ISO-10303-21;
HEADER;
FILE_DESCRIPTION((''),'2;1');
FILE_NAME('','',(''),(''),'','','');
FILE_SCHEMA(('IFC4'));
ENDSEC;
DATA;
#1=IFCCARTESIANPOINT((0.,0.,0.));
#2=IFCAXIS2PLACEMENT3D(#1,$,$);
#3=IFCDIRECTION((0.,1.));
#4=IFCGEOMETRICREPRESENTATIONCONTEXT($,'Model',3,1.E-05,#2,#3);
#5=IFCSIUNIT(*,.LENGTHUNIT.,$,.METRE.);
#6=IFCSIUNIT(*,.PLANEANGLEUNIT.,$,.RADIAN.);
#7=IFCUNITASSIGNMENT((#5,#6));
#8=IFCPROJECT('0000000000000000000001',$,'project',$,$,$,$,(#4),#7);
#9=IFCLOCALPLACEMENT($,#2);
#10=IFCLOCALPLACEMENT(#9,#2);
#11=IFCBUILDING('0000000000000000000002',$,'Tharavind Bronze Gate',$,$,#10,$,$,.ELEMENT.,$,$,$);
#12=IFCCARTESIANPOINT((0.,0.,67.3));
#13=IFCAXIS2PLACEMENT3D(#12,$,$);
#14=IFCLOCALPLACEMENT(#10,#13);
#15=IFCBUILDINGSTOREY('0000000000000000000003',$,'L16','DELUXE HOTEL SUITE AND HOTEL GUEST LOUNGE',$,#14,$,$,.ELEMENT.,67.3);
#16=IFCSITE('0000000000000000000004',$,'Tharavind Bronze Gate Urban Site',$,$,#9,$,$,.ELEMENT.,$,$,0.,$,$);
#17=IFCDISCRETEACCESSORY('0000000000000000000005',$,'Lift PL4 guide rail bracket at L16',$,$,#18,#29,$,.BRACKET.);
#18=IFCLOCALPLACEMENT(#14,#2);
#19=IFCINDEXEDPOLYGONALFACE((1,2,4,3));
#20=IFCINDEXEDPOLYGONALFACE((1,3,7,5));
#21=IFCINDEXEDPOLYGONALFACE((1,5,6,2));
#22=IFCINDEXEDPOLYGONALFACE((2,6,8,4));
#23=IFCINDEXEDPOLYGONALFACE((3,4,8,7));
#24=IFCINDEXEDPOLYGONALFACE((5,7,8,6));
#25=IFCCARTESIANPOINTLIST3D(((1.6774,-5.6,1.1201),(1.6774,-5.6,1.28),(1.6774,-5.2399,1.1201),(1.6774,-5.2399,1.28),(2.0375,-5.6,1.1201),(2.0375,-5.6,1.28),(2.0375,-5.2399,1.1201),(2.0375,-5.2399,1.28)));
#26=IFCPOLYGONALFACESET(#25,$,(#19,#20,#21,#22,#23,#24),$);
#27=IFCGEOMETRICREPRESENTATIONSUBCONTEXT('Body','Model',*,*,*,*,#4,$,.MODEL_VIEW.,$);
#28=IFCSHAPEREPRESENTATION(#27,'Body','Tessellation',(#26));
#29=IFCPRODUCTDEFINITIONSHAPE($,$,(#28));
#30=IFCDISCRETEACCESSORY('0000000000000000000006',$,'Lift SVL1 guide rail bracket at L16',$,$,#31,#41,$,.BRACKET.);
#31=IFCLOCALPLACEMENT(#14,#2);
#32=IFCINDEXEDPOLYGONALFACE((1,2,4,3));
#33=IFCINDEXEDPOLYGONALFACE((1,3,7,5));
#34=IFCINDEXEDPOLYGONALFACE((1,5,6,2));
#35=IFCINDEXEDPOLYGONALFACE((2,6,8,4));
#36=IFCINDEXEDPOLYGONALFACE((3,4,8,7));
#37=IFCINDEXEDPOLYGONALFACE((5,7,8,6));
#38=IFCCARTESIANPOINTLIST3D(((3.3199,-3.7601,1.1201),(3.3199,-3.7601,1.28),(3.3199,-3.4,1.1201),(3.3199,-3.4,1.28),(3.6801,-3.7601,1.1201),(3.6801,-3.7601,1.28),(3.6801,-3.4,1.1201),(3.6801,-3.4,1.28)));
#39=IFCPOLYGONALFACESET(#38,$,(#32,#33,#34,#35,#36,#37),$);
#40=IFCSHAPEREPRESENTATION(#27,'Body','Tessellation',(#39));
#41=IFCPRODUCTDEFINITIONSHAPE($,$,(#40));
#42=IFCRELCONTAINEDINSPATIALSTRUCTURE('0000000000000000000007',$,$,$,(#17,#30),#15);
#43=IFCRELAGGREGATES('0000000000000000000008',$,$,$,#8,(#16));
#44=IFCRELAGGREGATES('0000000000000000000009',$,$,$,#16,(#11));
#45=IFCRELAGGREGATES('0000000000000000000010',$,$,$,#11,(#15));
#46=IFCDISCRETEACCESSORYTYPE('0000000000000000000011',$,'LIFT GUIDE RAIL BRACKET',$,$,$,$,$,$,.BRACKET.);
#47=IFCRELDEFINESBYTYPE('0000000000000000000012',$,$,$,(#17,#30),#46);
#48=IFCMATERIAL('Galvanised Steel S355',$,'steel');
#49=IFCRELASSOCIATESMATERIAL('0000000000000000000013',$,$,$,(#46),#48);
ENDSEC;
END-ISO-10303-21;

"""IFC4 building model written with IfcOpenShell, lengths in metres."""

from ifc_helpers import new_model, si_unit, direction, frame, origin, origin_2d, place, context, subcontext, project, spatial, rectangle, extrude, material, type_object, element, save


model = new_model("IFC4")

# Units and contexts
model_context = context("Model", 3, precision=1e-05, world=origin(), true_north=direction((0.0, 1.0)))
body_context = subcontext(model_context, "Body", "Model", "MODEL_VIEW")
ifc_project = project(units=[si_unit("LENGTHUNIT", "METRE"), si_unit("PLANEANGLEUNIT", "RADIAN")], contexts=[model_context])

# Site, building, storey
site_placement = place(None, origin())
site = spatial("IfcSite", under=ifc_project, at=site_placement, Name="Tharavind Bronze Gate Urban Site", CompositionType="ELEMENT", RefElevation=0.0)
building_placement = place(site_placement, origin())
building = spatial("IfcBuilding", under=site, at=building_placement, Name="Tharavind Bronze Gate", CompositionType="ELEMENT")
storey_placement = place(building_placement, frame((0.0, 0.0, 67.3)))
storey = spatial("IfcBuildingStorey", under=building, at=storey_placement, Name="L16", Description="DELUXE HOTEL SUITE AND HOTEL GUEST LOUNGE", CompositionType="ELEMENT", Elevation=67.3)

# Discrete accessories
ifc_material_1 = material(Name="Galvanised Steel S355", Category="steel")
discrete_accessory_type = type_object("IfcDiscreteAccessoryType", Name="LIFT GUIDE RAIL BRACKET", PredefinedType="BRACKET", material=ifc_material_1)
for number, where, z_axis, x_axis, name in (
    (1, (1.8574, -5.4199, 1.1201), (0.0, 0.0, 1.0), (1.0, 0.0, 0.0), "Lift PL4 guide rail bracket at L16"),
    (2, (3.5, -3.5801, 1.1201), (0.0, 0.0, 1.0), (1.0, 0.0, 0.0), "Lift SVL1 guide rail bracket at L16"),
):
    element("IfcDiscreteAccessory", number, at=place(storey_placement, frame(where, z_axis=z_axis, x_axis=x_axis)), inside=storey, type_object=discrete_accessory_type, Name=name, PredefinedType="BRACKET", context=body_context, shape_type="SweptSolid", body=[
        extrude(rectangle(XDim=0.3601, YDim=0.3601, at=origin_2d()), origin(), (0.0, 0.0, 1.0), 0.1599),
    ])

save(model, "model.ifc")
